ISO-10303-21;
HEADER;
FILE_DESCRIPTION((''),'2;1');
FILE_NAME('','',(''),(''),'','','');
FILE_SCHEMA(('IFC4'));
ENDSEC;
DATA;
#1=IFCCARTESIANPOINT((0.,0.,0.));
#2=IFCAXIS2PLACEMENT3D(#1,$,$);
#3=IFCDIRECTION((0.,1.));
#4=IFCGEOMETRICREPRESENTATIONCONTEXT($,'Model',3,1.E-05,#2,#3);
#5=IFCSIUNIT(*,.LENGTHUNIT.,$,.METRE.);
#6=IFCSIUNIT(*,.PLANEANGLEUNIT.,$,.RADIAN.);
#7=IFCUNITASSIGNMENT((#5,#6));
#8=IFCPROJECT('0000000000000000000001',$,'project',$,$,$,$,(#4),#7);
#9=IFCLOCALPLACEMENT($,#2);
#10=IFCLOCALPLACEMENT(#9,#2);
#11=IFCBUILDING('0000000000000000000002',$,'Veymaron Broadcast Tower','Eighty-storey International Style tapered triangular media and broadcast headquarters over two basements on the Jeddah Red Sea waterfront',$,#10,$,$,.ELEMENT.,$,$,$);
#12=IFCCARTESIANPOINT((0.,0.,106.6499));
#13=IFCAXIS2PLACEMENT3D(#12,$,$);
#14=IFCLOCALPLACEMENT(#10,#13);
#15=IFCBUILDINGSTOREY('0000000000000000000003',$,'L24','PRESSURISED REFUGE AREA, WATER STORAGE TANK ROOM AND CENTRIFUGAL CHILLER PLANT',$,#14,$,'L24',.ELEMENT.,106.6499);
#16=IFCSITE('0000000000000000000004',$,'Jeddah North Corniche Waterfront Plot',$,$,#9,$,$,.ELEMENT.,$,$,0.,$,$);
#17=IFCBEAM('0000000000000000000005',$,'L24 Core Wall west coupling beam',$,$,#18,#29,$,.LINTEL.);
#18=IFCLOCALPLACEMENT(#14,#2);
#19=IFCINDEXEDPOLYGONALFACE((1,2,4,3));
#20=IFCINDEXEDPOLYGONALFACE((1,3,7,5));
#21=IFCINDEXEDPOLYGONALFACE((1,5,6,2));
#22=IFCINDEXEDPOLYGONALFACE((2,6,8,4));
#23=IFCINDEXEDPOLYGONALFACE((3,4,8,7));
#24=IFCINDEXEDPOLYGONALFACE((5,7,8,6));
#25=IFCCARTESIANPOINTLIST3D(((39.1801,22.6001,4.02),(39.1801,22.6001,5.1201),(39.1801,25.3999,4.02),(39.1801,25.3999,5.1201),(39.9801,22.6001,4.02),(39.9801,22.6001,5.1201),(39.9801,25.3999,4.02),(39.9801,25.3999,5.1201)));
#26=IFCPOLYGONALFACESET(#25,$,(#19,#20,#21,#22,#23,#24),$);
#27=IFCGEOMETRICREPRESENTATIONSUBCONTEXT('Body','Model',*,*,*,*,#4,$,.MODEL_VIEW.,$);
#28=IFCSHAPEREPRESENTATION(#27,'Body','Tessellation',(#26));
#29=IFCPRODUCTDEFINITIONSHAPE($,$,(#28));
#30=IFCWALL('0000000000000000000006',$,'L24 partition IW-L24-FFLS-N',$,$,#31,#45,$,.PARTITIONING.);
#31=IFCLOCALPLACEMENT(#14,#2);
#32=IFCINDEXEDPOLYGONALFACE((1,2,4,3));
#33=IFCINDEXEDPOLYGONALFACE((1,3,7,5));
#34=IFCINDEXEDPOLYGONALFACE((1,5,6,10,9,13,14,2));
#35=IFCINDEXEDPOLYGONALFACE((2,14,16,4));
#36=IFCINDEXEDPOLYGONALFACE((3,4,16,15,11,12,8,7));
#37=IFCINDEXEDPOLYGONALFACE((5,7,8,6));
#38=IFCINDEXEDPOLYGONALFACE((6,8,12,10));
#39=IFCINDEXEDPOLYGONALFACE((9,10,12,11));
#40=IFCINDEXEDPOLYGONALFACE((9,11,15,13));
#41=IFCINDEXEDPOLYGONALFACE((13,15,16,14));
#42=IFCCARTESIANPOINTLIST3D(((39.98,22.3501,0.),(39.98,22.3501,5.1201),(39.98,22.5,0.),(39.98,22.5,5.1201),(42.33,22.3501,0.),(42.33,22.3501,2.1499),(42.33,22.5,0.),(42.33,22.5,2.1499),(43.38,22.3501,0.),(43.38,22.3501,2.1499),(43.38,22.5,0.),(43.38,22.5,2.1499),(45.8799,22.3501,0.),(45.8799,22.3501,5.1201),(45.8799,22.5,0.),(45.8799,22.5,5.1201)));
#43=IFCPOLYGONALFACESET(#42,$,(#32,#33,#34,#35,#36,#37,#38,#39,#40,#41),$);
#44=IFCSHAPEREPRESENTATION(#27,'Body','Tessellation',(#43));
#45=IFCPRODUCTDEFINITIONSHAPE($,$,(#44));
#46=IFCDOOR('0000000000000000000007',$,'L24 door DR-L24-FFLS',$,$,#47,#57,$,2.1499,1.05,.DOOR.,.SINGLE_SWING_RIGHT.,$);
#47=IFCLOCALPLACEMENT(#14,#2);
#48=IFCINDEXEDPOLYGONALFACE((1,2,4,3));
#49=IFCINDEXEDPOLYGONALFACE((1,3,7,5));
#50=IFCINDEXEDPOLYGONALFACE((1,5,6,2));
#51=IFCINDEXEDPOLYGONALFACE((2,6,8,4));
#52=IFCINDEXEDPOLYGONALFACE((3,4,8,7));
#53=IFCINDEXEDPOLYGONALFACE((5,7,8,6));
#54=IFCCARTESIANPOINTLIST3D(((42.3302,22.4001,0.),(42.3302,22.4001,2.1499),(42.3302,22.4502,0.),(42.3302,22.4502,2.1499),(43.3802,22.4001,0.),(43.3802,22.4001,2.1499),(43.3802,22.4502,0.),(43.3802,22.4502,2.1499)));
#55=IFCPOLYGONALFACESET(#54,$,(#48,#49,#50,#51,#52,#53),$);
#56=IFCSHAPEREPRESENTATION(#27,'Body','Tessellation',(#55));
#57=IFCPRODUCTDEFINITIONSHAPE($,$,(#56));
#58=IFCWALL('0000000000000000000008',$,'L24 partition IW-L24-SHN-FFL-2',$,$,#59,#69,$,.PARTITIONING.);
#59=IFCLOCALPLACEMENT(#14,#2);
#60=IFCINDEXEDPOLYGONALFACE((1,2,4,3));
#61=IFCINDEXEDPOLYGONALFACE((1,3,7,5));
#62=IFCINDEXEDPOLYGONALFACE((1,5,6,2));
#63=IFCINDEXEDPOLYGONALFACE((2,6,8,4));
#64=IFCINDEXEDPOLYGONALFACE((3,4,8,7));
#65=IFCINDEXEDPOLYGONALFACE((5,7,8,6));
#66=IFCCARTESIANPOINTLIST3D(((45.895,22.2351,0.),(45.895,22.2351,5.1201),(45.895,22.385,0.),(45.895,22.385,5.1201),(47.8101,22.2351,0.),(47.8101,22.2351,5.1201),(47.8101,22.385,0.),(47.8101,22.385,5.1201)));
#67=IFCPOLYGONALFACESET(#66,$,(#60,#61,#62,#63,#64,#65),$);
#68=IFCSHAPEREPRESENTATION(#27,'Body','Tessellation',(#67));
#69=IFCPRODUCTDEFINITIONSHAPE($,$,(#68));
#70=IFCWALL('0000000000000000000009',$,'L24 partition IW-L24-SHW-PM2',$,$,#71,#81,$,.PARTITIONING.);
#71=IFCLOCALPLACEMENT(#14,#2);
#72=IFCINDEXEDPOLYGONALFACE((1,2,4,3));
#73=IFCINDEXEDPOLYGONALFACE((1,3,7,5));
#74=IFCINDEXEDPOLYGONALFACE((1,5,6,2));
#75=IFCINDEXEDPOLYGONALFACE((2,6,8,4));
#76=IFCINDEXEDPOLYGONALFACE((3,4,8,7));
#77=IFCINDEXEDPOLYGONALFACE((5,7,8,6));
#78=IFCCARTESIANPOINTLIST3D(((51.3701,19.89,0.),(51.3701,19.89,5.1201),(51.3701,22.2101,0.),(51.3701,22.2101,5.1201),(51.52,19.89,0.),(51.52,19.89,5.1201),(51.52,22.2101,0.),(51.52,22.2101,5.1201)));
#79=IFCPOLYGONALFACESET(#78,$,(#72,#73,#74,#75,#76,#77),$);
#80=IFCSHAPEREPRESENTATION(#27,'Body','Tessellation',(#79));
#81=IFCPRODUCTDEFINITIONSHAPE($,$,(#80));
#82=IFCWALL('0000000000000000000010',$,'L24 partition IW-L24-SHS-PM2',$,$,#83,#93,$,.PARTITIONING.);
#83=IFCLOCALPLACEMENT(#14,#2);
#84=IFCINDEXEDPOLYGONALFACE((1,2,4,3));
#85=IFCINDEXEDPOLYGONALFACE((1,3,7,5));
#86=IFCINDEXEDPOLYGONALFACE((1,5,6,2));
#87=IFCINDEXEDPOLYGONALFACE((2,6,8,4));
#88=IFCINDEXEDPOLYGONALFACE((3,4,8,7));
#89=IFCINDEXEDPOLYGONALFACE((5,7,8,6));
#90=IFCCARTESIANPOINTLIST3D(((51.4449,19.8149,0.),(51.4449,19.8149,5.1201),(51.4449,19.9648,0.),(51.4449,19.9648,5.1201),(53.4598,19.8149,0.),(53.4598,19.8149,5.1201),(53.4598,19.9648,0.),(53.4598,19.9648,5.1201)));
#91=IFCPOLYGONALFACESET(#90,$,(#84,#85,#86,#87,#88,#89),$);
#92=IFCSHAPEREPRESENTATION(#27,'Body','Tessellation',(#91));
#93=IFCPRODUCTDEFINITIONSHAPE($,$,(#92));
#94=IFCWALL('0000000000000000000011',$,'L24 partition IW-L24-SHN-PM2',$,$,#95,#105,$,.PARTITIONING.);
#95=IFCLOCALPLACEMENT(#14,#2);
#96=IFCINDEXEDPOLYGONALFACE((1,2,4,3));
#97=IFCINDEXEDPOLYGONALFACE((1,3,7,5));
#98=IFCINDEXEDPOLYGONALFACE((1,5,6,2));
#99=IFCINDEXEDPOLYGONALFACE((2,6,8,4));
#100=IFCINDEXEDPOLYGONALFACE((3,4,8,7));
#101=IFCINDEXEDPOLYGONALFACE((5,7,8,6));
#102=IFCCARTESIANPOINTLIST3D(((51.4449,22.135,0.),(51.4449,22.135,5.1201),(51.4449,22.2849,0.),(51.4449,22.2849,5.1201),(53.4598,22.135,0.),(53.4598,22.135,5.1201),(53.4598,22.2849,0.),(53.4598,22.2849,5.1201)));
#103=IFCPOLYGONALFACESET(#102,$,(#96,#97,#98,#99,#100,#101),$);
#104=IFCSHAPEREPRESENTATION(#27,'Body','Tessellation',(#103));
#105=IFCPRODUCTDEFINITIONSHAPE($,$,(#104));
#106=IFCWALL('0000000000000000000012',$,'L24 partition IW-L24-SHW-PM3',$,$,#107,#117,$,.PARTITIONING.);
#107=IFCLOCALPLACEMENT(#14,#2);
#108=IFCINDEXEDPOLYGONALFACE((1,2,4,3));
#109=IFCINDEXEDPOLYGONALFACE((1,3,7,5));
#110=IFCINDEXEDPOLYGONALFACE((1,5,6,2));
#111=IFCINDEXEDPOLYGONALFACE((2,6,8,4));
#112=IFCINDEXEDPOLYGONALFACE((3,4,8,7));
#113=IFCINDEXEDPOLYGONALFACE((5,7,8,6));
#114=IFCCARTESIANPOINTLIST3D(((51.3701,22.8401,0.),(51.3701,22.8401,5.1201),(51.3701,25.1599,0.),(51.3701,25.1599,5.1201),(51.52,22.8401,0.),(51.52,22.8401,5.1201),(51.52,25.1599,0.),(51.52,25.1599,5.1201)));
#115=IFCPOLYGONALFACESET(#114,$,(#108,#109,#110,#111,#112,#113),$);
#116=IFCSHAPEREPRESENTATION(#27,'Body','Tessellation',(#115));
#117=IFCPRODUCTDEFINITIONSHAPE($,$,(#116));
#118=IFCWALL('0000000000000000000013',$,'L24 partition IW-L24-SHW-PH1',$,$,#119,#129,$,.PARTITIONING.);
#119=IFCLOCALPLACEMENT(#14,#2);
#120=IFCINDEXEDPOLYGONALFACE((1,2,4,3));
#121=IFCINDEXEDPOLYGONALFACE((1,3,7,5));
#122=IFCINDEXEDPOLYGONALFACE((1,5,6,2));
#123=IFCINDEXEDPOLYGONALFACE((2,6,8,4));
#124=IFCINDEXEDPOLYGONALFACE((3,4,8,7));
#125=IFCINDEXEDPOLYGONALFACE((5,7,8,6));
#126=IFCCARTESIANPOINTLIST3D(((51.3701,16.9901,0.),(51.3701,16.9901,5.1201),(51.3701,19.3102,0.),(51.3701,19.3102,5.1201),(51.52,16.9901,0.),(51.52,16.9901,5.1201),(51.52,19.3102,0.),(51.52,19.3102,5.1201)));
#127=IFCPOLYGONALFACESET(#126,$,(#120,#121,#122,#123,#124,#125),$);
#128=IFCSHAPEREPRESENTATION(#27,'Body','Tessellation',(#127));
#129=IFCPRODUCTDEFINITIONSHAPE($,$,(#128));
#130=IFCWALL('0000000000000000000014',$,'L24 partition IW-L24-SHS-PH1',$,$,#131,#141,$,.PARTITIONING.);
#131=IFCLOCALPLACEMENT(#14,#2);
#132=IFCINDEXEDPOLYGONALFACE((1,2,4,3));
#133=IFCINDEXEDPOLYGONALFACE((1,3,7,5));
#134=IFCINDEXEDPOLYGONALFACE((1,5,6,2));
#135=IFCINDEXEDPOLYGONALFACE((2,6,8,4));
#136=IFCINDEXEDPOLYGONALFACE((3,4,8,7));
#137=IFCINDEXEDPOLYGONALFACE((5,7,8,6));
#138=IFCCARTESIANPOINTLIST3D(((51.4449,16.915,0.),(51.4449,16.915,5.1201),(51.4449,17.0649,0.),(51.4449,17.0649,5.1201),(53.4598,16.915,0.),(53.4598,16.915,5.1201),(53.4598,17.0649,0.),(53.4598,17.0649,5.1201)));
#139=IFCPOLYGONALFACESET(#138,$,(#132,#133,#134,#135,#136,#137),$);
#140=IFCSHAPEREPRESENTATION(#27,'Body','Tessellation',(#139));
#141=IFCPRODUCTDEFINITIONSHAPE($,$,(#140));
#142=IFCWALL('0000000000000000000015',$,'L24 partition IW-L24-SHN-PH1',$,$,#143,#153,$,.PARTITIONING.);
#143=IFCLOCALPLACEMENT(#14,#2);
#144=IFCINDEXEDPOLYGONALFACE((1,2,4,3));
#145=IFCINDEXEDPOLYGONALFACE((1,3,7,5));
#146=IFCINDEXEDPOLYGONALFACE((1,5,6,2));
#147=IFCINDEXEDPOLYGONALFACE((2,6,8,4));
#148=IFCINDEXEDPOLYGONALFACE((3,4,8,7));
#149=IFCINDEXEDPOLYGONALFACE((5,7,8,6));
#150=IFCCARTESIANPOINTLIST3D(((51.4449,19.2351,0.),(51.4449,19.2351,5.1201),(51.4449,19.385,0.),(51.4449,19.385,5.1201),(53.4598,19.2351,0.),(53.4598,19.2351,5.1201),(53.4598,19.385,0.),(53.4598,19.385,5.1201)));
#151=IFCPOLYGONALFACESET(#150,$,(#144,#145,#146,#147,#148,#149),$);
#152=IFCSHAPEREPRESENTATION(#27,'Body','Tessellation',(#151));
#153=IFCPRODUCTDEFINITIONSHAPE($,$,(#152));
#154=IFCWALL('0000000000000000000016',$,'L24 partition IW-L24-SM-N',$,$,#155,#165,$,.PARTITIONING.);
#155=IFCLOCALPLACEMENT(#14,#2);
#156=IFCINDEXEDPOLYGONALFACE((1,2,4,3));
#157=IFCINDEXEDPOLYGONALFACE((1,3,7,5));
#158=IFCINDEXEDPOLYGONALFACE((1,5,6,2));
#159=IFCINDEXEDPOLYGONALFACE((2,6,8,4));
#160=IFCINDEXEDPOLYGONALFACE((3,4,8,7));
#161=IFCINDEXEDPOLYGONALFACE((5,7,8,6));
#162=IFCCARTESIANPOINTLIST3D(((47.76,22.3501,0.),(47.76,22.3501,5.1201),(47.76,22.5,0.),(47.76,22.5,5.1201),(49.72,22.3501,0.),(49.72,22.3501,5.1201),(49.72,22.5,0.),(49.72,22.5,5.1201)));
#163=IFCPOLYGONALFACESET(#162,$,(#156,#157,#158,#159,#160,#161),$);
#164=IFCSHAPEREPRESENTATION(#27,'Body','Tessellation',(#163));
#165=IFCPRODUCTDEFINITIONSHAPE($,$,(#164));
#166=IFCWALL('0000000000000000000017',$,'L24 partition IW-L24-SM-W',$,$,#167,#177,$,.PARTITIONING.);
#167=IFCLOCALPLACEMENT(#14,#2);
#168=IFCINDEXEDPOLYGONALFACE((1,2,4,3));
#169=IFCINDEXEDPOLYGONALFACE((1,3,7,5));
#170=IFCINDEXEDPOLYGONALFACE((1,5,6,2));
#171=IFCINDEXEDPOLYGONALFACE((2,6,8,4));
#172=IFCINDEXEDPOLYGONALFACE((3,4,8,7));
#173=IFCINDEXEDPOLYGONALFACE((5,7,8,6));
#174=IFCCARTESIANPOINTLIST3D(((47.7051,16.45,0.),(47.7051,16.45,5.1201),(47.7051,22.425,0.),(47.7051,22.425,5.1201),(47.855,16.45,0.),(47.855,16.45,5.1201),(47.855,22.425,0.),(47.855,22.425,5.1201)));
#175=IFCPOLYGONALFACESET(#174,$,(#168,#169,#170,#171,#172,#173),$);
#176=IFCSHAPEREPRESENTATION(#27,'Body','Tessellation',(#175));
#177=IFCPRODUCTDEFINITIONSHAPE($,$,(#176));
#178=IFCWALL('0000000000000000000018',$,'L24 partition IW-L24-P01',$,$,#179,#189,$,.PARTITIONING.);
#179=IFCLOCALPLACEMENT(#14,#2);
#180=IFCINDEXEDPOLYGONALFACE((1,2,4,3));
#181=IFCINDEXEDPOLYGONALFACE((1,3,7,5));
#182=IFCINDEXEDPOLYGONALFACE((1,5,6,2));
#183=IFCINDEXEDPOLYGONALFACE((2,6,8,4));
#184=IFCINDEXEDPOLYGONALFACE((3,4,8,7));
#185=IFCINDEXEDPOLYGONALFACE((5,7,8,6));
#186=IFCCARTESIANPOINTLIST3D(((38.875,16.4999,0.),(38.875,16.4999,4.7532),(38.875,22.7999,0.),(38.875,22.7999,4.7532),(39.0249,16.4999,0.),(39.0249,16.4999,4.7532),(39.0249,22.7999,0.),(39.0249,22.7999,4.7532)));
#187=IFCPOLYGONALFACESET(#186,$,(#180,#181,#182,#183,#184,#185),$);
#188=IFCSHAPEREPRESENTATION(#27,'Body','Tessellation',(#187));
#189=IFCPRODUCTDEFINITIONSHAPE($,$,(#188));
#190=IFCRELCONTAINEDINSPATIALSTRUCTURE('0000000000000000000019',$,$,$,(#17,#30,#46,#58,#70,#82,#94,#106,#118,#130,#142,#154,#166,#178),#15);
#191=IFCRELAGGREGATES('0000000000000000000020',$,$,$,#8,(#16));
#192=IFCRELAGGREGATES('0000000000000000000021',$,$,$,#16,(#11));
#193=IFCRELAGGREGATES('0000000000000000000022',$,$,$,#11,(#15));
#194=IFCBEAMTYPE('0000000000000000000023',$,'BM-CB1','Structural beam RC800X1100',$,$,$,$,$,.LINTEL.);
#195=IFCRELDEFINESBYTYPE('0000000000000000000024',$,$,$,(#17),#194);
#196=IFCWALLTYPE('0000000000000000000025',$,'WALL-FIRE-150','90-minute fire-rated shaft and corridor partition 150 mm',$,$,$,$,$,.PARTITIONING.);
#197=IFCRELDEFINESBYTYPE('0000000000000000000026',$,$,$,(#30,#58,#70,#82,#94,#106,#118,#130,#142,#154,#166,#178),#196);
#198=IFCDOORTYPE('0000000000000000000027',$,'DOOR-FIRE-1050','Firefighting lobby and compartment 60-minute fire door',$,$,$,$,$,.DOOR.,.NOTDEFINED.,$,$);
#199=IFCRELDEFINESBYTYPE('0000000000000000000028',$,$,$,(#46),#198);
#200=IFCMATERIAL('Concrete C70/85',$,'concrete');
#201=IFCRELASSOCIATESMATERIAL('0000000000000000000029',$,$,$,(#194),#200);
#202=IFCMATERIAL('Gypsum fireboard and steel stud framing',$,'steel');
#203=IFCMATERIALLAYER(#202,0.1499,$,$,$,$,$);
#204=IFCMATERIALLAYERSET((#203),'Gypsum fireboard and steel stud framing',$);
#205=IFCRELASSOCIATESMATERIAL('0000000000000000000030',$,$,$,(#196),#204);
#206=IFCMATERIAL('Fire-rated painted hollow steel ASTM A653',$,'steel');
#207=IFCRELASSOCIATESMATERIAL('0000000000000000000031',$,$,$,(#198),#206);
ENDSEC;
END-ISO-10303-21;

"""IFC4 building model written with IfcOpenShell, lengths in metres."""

from ifc_helpers import new_model, si_unit, direction, frame, frame_2d, origin, origin_2d, place, context, subcontext, project, spatial, rectangle, extrude, material, layer, layer_set, material_profile, profile_set, type_object, element, fill, save


model = new_model("IFC4")

# Units and contexts
model_context = context("Model", 3, precision=1e-05, world=origin(), true_north=direction((0.0, 1.0)))
body_context = subcontext(model_context, "Body", "Model", "MODEL_VIEW")
ifc_project = project(units=[si_unit("LENGTHUNIT", "METRE"), si_unit("PLANEANGLEUNIT", "RADIAN")], contexts=[model_context])

# Site, building, storey
site_placement = place(None, origin())
site = spatial("IfcSite", under=ifc_project, at=site_placement, Name="Jeddah North Corniche Waterfront Plot", CompositionType="ELEMENT", RefElevation=0.0)
building_placement = place(site_placement, origin())
building = spatial("IfcBuilding", under=site, at=building_placement, Name="Veymaron Broadcast Tower", Description="Eighty-storey International Style tapered triangular media and broadcast headquarters over two basements on the Jeddah Red Sea waterfront", CompositionType="ELEMENT")
storey_placement = place(building_placement, frame((0.0, 0.0, 106.6499)))
storey = spatial("IfcBuildingStorey", under=building, at=storey_placement, Name="L24", Description="PRESSURISED REFUGE AREA, WATER STORAGE TANK ROOM AND CENTRIFUGAL CHILLER PLANT", LongName="L24", CompositionType="ELEMENT", Elevation=106.6499)

# Beam
ifc_material_1 = material(Name="Concrete C70/85", Category="concrete")
ifc_material_profile = material_profile(ifc_material_1, rectangle(XDim=0.8, YDim=1.1001, at=origin_2d()), Name="RC800X1100")
ifc_profile_set = profile_set([ifc_material_profile], Name="Concrete C70/85")
beam_type = type_object("IfcBeamType", Name="BM-CB1", Description="Structural beam RC800X1100", PredefinedType="LINTEL", material=ifc_profile_set)
beam_placement = place(storey_placement, frame((39.5801, 22.6001, 4.5701), z_axis=(0.0, 1.0, 0.0), x_axis=(-1.0, 0.0, 0.0)))
element("IfcBeam", 1, at=beam_placement, inside=storey, type_object=beam_type, Name="L24 Core Wall west coupling beam", PredefinedType="LINTEL", context=body_context, shape_type="SweptSolid", body=[
    extrude(rectangle(XDim=0.8, YDim=1.1001, at=origin_2d()), origin(), (0.0, 0.0, 1.0), 2.7998),
])

# Wall, opening, door
ifc_material_2 = material(Name="Gypsum fireboard and steel stud framing", Category="steel")
ifc_layer_1 = layer(ifc_material_2, 0.1499)
ifc_layer_set_1 = layer_set([ifc_layer_1], Name="Gypsum fireboard and steel stud framing")
wall_type_1 = type_object("IfcWallType", Name="WALL-FIRE-150", Description="90-minute fire-rated shaft and corridor partition 150 mm", PredefinedType="PARTITIONING", material=ifc_layer_set_1)
wall_1_placement = place(storey_placement, frame((39.98, 22.425, 0.0), z_axis=(0.0, 0.0, 1.0), x_axis=(1.0, 0.0, 0.0)))
wall_1 = element("IfcWall", 2, at=wall_1_placement, inside=storey, type_object=wall_type_1, Name="L24 partition IW-L24-FFLS-N", PredefinedType="PARTITIONING", context=body_context, shape_type="SweptSolid", body=[
    extrude(rectangle(XDim=5.8999, YDim=0.1499, at=frame_2d((2.95, 0.0))), origin(), (0.0, 0.0, 1.0), 5.1201),
])
opening_1_placement = place(wall_1_placement, frame((2.3501, 0.0, 0.0)))
opening_1 = element("IfcOpeningElement", 3, at=opening_1_placement, cuts=wall_1, PredefinedType="OPENING", context=body_context, shape_type="SweptSolid", body=[
    extrude(rectangle(XDim=1.05, YDim=2.1499, at=frame_2d((0.5249, 1.075))), frame((0.0, 0.085, 0.0), z_axis=(0.0, -1.0, 0.0), x_axis=(1.0, 0.0, 0.0)), (0.0, 0.0, 1.0), 0.1699),
])
ifc_material_3 = material(Name="Fire-rated painted hollow steel ASTM A653", Category="steel")
door_type_1 = type_object("IfcDoorType", Name="DOOR-FIRE-1050", Description="Firefighting lobby and compartment 60-minute fire door", OperationType="NOTDEFINED", PredefinedType="DOOR", material=ifc_material_3)
door_1_placement = place(opening_1_placement, frame((1.05, 0.0, 0.0), z_axis=(0.0, 0.0, 1.0), x_axis=(-1.0, 0.0, 0.0)))
door_1 = element("IfcDoor", 4, at=door_1_placement, inside=storey, type_object=door_type_1, Name="L24 door DR-L24-FFLS", OperationType="SINGLE_SWING_RIGHT", OverallHeight=2.1499, OverallWidth=1.05, PredefinedType="DOOR", context=body_context, shape_type="SweptSolid", body=[
    extrude(rectangle(XDim=1.05, YDim=2.1499, at=frame_2d((0.5249, 1.075))), frame((0.0, 0.0249, 0.0), z_axis=(0.0, -1.0, 0.0), x_axis=(1.0, 0.0, 0.0)), (0.0, 0.0, 1.0), 0.05),
])
fill(opening_1, door_1)

# Walls
wall_2_placement = place(storey_placement, frame((45.895, 22.3101, 0.0), z_axis=(0.0, 0.0, 1.0), x_axis=(1.0, 0.0, 0.0)))
element("IfcWall", 5, at=wall_2_placement, inside=storey, type_object=wall_type_1, Name="L24 partition IW-L24-SHN-FFL-2", PredefinedType="PARTITIONING", context=body_context, shape_type="SweptSolid", body=[
    extrude(rectangle(XDim=1.915, YDim=0.1499, at=frame_2d((0.9575, 0.0))), origin(), (0.0, 0.0, 1.0), 5.1201),
])
wall_3_placement = place(storey_placement, frame((51.4451, 19.8899, 0.0), z_axis=(0.0, 0.0, 1.0), x_axis=(0.0, 1.0, 0.0)))
element("IfcWall", 6, at=wall_3_placement, inside=storey, type_object=wall_type_1, Name="L24 partition IW-L24-SHW-PM2", PredefinedType="PARTITIONING", context=body_context, shape_type="SweptSolid", body=[
    extrude(rectangle(XDim=2.3201, YDim=0.1499, at=frame_2d((1.1602, 0.0))), origin(), (0.0, 0.0, 1.0), 5.1201),
])
for number, where, z_axis, x_axis, name in (
    (7, (51.4451, 19.8899, 0.0), (0.0, 0.0, 1.0), (1.0, 0.0, 0.0), "L24 partition IW-L24-SHS-PM2"),
    (8, (51.4451, 22.21, 0.0), (0.0, 0.0, 1.0), (1.0, 0.0, 0.0), "L24 partition IW-L24-SHN-PM2"),
):
    element("IfcWall", number, at=place(storey_placement, frame(where, z_axis=z_axis, x_axis=x_axis)), inside=storey, type_object=wall_type_1, Name=name, PredefinedType="PARTITIONING", context=body_context, shape_type="SweptSolid", body=[
        extrude(rectangle(XDim=2.0149, YDim=0.1499, at=frame_2d((1.0073, 0.0))), origin(), (0.0, 0.0, 1.0), 5.1201),
    ])
wall_4_placement = place(storey_placement, frame((51.4451, 22.8401, 0.0), z_axis=(0.0, 0.0, 1.0), x_axis=(0.0, 1.0, 0.0)))
element("IfcWall", 9, at=wall_4_placement, inside=storey, type_object=wall_type_1, Name="L24 partition IW-L24-SHW-PM3", PredefinedType="PARTITIONING", context=body_context, shape_type="SweptSolid", body=[
    extrude(rectangle(XDim=2.3198, YDim=0.1499, at=frame_2d((1.1599, 0.0))), origin(), (0.0, 0.0, 1.0), 5.1201),
])
wall_5_placement = place(storey_placement, frame((51.4451, 16.99, 0.0), z_axis=(0.0, 0.0, 1.0), x_axis=(0.0, 1.0, 0.0)))
element("IfcWall", 10, at=wall_5_placement, inside=storey, type_object=wall_type_1, Name="L24 partition IW-L24-SHW-PH1", PredefinedType="PARTITIONING", context=body_context, shape_type="SweptSolid", body=[
    extrude(rectangle(XDim=2.3201, YDim=0.1499, at=frame_2d((1.1602, 0.0))), origin(), (0.0, 0.0, 1.0), 5.1201),
])
for number, where, z_axis, x_axis, name in (
    (11, (51.4451, 16.99, 0.0), (0.0, 0.0, 1.0), (1.0, 0.0, 0.0), "L24 partition IW-L24-SHS-PH1"),
    (12, (51.4451, 19.3101, 0.0), (0.0, 0.0, 1.0), (1.0, 0.0, 0.0), "L24 partition IW-L24-SHN-PH1"),
):
    element("IfcWall", number, at=place(storey_placement, frame(where, z_axis=z_axis, x_axis=x_axis)), inside=storey, type_object=wall_type_1, Name=name, PredefinedType="PARTITIONING", context=body_context, shape_type="SweptSolid", body=[
        extrude(rectangle(XDim=2.0149, YDim=0.1499, at=frame_2d((1.0073, 0.0))), origin(), (0.0, 0.0, 1.0), 5.1201),
    ])

# Walls
wall_6_placement = place(storey_placement, frame((47.76, 22.425, 0.0), z_axis=(0.0, 0.0, 1.0), x_axis=(1.0, 0.0, 0.0)))
element("IfcWall", 13, at=wall_6_placement, inside=storey, type_object=wall_type_1, Name="L24 partition IW-L24-SM-N", PredefinedType="PARTITIONING", context=body_context, shape_type="SweptSolid", body=[
    extrude(rectangle(XDim=1.96, YDim=0.1499, at=frame_2d((0.98, 0.0))), origin(), (0.0, 0.0, 1.0), 5.1201),
])
wall_7_placement = place(storey_placement, frame((47.78, 16.45, 0.0), z_axis=(0.0, 0.0, 1.0), x_axis=(0.0, 1.0, 0.0)))
element("IfcWall", 14, at=wall_7_placement, inside=storey, type_object=wall_type_1, Name="L24 partition IW-L24-SM-W", PredefinedType="PARTITIONING", context=body_context, shape_type="SweptSolid", body=[
    extrude(rectangle(XDim=5.9751, YDim=0.1499, at=frame_2d((2.9875, 0.0))), origin(), (0.0, 0.0, 1.0), 5.1201),
])
wall_8_placement = place(storey_placement, frame((38.95, 16.5, 0.0), z_axis=(0.0, 0.0, 1.0), x_axis=(0.0, 1.0, 0.0)))
element("IfcWall", 15, at=wall_8_placement, inside=storey, type_object=wall_type_1, Name="L24 partition IW-L24-P01", PredefinedType="PARTITIONING", context=body_context, shape_type="SweptSolid", body=[
    extrude(rectangle(XDim=6.3, YDim=0.1499, at=frame_2d((3.1499, 0.0))), origin(), (0.0, 0.0, 1.0), 4.7532),
])

save(model, "model.ifc")
